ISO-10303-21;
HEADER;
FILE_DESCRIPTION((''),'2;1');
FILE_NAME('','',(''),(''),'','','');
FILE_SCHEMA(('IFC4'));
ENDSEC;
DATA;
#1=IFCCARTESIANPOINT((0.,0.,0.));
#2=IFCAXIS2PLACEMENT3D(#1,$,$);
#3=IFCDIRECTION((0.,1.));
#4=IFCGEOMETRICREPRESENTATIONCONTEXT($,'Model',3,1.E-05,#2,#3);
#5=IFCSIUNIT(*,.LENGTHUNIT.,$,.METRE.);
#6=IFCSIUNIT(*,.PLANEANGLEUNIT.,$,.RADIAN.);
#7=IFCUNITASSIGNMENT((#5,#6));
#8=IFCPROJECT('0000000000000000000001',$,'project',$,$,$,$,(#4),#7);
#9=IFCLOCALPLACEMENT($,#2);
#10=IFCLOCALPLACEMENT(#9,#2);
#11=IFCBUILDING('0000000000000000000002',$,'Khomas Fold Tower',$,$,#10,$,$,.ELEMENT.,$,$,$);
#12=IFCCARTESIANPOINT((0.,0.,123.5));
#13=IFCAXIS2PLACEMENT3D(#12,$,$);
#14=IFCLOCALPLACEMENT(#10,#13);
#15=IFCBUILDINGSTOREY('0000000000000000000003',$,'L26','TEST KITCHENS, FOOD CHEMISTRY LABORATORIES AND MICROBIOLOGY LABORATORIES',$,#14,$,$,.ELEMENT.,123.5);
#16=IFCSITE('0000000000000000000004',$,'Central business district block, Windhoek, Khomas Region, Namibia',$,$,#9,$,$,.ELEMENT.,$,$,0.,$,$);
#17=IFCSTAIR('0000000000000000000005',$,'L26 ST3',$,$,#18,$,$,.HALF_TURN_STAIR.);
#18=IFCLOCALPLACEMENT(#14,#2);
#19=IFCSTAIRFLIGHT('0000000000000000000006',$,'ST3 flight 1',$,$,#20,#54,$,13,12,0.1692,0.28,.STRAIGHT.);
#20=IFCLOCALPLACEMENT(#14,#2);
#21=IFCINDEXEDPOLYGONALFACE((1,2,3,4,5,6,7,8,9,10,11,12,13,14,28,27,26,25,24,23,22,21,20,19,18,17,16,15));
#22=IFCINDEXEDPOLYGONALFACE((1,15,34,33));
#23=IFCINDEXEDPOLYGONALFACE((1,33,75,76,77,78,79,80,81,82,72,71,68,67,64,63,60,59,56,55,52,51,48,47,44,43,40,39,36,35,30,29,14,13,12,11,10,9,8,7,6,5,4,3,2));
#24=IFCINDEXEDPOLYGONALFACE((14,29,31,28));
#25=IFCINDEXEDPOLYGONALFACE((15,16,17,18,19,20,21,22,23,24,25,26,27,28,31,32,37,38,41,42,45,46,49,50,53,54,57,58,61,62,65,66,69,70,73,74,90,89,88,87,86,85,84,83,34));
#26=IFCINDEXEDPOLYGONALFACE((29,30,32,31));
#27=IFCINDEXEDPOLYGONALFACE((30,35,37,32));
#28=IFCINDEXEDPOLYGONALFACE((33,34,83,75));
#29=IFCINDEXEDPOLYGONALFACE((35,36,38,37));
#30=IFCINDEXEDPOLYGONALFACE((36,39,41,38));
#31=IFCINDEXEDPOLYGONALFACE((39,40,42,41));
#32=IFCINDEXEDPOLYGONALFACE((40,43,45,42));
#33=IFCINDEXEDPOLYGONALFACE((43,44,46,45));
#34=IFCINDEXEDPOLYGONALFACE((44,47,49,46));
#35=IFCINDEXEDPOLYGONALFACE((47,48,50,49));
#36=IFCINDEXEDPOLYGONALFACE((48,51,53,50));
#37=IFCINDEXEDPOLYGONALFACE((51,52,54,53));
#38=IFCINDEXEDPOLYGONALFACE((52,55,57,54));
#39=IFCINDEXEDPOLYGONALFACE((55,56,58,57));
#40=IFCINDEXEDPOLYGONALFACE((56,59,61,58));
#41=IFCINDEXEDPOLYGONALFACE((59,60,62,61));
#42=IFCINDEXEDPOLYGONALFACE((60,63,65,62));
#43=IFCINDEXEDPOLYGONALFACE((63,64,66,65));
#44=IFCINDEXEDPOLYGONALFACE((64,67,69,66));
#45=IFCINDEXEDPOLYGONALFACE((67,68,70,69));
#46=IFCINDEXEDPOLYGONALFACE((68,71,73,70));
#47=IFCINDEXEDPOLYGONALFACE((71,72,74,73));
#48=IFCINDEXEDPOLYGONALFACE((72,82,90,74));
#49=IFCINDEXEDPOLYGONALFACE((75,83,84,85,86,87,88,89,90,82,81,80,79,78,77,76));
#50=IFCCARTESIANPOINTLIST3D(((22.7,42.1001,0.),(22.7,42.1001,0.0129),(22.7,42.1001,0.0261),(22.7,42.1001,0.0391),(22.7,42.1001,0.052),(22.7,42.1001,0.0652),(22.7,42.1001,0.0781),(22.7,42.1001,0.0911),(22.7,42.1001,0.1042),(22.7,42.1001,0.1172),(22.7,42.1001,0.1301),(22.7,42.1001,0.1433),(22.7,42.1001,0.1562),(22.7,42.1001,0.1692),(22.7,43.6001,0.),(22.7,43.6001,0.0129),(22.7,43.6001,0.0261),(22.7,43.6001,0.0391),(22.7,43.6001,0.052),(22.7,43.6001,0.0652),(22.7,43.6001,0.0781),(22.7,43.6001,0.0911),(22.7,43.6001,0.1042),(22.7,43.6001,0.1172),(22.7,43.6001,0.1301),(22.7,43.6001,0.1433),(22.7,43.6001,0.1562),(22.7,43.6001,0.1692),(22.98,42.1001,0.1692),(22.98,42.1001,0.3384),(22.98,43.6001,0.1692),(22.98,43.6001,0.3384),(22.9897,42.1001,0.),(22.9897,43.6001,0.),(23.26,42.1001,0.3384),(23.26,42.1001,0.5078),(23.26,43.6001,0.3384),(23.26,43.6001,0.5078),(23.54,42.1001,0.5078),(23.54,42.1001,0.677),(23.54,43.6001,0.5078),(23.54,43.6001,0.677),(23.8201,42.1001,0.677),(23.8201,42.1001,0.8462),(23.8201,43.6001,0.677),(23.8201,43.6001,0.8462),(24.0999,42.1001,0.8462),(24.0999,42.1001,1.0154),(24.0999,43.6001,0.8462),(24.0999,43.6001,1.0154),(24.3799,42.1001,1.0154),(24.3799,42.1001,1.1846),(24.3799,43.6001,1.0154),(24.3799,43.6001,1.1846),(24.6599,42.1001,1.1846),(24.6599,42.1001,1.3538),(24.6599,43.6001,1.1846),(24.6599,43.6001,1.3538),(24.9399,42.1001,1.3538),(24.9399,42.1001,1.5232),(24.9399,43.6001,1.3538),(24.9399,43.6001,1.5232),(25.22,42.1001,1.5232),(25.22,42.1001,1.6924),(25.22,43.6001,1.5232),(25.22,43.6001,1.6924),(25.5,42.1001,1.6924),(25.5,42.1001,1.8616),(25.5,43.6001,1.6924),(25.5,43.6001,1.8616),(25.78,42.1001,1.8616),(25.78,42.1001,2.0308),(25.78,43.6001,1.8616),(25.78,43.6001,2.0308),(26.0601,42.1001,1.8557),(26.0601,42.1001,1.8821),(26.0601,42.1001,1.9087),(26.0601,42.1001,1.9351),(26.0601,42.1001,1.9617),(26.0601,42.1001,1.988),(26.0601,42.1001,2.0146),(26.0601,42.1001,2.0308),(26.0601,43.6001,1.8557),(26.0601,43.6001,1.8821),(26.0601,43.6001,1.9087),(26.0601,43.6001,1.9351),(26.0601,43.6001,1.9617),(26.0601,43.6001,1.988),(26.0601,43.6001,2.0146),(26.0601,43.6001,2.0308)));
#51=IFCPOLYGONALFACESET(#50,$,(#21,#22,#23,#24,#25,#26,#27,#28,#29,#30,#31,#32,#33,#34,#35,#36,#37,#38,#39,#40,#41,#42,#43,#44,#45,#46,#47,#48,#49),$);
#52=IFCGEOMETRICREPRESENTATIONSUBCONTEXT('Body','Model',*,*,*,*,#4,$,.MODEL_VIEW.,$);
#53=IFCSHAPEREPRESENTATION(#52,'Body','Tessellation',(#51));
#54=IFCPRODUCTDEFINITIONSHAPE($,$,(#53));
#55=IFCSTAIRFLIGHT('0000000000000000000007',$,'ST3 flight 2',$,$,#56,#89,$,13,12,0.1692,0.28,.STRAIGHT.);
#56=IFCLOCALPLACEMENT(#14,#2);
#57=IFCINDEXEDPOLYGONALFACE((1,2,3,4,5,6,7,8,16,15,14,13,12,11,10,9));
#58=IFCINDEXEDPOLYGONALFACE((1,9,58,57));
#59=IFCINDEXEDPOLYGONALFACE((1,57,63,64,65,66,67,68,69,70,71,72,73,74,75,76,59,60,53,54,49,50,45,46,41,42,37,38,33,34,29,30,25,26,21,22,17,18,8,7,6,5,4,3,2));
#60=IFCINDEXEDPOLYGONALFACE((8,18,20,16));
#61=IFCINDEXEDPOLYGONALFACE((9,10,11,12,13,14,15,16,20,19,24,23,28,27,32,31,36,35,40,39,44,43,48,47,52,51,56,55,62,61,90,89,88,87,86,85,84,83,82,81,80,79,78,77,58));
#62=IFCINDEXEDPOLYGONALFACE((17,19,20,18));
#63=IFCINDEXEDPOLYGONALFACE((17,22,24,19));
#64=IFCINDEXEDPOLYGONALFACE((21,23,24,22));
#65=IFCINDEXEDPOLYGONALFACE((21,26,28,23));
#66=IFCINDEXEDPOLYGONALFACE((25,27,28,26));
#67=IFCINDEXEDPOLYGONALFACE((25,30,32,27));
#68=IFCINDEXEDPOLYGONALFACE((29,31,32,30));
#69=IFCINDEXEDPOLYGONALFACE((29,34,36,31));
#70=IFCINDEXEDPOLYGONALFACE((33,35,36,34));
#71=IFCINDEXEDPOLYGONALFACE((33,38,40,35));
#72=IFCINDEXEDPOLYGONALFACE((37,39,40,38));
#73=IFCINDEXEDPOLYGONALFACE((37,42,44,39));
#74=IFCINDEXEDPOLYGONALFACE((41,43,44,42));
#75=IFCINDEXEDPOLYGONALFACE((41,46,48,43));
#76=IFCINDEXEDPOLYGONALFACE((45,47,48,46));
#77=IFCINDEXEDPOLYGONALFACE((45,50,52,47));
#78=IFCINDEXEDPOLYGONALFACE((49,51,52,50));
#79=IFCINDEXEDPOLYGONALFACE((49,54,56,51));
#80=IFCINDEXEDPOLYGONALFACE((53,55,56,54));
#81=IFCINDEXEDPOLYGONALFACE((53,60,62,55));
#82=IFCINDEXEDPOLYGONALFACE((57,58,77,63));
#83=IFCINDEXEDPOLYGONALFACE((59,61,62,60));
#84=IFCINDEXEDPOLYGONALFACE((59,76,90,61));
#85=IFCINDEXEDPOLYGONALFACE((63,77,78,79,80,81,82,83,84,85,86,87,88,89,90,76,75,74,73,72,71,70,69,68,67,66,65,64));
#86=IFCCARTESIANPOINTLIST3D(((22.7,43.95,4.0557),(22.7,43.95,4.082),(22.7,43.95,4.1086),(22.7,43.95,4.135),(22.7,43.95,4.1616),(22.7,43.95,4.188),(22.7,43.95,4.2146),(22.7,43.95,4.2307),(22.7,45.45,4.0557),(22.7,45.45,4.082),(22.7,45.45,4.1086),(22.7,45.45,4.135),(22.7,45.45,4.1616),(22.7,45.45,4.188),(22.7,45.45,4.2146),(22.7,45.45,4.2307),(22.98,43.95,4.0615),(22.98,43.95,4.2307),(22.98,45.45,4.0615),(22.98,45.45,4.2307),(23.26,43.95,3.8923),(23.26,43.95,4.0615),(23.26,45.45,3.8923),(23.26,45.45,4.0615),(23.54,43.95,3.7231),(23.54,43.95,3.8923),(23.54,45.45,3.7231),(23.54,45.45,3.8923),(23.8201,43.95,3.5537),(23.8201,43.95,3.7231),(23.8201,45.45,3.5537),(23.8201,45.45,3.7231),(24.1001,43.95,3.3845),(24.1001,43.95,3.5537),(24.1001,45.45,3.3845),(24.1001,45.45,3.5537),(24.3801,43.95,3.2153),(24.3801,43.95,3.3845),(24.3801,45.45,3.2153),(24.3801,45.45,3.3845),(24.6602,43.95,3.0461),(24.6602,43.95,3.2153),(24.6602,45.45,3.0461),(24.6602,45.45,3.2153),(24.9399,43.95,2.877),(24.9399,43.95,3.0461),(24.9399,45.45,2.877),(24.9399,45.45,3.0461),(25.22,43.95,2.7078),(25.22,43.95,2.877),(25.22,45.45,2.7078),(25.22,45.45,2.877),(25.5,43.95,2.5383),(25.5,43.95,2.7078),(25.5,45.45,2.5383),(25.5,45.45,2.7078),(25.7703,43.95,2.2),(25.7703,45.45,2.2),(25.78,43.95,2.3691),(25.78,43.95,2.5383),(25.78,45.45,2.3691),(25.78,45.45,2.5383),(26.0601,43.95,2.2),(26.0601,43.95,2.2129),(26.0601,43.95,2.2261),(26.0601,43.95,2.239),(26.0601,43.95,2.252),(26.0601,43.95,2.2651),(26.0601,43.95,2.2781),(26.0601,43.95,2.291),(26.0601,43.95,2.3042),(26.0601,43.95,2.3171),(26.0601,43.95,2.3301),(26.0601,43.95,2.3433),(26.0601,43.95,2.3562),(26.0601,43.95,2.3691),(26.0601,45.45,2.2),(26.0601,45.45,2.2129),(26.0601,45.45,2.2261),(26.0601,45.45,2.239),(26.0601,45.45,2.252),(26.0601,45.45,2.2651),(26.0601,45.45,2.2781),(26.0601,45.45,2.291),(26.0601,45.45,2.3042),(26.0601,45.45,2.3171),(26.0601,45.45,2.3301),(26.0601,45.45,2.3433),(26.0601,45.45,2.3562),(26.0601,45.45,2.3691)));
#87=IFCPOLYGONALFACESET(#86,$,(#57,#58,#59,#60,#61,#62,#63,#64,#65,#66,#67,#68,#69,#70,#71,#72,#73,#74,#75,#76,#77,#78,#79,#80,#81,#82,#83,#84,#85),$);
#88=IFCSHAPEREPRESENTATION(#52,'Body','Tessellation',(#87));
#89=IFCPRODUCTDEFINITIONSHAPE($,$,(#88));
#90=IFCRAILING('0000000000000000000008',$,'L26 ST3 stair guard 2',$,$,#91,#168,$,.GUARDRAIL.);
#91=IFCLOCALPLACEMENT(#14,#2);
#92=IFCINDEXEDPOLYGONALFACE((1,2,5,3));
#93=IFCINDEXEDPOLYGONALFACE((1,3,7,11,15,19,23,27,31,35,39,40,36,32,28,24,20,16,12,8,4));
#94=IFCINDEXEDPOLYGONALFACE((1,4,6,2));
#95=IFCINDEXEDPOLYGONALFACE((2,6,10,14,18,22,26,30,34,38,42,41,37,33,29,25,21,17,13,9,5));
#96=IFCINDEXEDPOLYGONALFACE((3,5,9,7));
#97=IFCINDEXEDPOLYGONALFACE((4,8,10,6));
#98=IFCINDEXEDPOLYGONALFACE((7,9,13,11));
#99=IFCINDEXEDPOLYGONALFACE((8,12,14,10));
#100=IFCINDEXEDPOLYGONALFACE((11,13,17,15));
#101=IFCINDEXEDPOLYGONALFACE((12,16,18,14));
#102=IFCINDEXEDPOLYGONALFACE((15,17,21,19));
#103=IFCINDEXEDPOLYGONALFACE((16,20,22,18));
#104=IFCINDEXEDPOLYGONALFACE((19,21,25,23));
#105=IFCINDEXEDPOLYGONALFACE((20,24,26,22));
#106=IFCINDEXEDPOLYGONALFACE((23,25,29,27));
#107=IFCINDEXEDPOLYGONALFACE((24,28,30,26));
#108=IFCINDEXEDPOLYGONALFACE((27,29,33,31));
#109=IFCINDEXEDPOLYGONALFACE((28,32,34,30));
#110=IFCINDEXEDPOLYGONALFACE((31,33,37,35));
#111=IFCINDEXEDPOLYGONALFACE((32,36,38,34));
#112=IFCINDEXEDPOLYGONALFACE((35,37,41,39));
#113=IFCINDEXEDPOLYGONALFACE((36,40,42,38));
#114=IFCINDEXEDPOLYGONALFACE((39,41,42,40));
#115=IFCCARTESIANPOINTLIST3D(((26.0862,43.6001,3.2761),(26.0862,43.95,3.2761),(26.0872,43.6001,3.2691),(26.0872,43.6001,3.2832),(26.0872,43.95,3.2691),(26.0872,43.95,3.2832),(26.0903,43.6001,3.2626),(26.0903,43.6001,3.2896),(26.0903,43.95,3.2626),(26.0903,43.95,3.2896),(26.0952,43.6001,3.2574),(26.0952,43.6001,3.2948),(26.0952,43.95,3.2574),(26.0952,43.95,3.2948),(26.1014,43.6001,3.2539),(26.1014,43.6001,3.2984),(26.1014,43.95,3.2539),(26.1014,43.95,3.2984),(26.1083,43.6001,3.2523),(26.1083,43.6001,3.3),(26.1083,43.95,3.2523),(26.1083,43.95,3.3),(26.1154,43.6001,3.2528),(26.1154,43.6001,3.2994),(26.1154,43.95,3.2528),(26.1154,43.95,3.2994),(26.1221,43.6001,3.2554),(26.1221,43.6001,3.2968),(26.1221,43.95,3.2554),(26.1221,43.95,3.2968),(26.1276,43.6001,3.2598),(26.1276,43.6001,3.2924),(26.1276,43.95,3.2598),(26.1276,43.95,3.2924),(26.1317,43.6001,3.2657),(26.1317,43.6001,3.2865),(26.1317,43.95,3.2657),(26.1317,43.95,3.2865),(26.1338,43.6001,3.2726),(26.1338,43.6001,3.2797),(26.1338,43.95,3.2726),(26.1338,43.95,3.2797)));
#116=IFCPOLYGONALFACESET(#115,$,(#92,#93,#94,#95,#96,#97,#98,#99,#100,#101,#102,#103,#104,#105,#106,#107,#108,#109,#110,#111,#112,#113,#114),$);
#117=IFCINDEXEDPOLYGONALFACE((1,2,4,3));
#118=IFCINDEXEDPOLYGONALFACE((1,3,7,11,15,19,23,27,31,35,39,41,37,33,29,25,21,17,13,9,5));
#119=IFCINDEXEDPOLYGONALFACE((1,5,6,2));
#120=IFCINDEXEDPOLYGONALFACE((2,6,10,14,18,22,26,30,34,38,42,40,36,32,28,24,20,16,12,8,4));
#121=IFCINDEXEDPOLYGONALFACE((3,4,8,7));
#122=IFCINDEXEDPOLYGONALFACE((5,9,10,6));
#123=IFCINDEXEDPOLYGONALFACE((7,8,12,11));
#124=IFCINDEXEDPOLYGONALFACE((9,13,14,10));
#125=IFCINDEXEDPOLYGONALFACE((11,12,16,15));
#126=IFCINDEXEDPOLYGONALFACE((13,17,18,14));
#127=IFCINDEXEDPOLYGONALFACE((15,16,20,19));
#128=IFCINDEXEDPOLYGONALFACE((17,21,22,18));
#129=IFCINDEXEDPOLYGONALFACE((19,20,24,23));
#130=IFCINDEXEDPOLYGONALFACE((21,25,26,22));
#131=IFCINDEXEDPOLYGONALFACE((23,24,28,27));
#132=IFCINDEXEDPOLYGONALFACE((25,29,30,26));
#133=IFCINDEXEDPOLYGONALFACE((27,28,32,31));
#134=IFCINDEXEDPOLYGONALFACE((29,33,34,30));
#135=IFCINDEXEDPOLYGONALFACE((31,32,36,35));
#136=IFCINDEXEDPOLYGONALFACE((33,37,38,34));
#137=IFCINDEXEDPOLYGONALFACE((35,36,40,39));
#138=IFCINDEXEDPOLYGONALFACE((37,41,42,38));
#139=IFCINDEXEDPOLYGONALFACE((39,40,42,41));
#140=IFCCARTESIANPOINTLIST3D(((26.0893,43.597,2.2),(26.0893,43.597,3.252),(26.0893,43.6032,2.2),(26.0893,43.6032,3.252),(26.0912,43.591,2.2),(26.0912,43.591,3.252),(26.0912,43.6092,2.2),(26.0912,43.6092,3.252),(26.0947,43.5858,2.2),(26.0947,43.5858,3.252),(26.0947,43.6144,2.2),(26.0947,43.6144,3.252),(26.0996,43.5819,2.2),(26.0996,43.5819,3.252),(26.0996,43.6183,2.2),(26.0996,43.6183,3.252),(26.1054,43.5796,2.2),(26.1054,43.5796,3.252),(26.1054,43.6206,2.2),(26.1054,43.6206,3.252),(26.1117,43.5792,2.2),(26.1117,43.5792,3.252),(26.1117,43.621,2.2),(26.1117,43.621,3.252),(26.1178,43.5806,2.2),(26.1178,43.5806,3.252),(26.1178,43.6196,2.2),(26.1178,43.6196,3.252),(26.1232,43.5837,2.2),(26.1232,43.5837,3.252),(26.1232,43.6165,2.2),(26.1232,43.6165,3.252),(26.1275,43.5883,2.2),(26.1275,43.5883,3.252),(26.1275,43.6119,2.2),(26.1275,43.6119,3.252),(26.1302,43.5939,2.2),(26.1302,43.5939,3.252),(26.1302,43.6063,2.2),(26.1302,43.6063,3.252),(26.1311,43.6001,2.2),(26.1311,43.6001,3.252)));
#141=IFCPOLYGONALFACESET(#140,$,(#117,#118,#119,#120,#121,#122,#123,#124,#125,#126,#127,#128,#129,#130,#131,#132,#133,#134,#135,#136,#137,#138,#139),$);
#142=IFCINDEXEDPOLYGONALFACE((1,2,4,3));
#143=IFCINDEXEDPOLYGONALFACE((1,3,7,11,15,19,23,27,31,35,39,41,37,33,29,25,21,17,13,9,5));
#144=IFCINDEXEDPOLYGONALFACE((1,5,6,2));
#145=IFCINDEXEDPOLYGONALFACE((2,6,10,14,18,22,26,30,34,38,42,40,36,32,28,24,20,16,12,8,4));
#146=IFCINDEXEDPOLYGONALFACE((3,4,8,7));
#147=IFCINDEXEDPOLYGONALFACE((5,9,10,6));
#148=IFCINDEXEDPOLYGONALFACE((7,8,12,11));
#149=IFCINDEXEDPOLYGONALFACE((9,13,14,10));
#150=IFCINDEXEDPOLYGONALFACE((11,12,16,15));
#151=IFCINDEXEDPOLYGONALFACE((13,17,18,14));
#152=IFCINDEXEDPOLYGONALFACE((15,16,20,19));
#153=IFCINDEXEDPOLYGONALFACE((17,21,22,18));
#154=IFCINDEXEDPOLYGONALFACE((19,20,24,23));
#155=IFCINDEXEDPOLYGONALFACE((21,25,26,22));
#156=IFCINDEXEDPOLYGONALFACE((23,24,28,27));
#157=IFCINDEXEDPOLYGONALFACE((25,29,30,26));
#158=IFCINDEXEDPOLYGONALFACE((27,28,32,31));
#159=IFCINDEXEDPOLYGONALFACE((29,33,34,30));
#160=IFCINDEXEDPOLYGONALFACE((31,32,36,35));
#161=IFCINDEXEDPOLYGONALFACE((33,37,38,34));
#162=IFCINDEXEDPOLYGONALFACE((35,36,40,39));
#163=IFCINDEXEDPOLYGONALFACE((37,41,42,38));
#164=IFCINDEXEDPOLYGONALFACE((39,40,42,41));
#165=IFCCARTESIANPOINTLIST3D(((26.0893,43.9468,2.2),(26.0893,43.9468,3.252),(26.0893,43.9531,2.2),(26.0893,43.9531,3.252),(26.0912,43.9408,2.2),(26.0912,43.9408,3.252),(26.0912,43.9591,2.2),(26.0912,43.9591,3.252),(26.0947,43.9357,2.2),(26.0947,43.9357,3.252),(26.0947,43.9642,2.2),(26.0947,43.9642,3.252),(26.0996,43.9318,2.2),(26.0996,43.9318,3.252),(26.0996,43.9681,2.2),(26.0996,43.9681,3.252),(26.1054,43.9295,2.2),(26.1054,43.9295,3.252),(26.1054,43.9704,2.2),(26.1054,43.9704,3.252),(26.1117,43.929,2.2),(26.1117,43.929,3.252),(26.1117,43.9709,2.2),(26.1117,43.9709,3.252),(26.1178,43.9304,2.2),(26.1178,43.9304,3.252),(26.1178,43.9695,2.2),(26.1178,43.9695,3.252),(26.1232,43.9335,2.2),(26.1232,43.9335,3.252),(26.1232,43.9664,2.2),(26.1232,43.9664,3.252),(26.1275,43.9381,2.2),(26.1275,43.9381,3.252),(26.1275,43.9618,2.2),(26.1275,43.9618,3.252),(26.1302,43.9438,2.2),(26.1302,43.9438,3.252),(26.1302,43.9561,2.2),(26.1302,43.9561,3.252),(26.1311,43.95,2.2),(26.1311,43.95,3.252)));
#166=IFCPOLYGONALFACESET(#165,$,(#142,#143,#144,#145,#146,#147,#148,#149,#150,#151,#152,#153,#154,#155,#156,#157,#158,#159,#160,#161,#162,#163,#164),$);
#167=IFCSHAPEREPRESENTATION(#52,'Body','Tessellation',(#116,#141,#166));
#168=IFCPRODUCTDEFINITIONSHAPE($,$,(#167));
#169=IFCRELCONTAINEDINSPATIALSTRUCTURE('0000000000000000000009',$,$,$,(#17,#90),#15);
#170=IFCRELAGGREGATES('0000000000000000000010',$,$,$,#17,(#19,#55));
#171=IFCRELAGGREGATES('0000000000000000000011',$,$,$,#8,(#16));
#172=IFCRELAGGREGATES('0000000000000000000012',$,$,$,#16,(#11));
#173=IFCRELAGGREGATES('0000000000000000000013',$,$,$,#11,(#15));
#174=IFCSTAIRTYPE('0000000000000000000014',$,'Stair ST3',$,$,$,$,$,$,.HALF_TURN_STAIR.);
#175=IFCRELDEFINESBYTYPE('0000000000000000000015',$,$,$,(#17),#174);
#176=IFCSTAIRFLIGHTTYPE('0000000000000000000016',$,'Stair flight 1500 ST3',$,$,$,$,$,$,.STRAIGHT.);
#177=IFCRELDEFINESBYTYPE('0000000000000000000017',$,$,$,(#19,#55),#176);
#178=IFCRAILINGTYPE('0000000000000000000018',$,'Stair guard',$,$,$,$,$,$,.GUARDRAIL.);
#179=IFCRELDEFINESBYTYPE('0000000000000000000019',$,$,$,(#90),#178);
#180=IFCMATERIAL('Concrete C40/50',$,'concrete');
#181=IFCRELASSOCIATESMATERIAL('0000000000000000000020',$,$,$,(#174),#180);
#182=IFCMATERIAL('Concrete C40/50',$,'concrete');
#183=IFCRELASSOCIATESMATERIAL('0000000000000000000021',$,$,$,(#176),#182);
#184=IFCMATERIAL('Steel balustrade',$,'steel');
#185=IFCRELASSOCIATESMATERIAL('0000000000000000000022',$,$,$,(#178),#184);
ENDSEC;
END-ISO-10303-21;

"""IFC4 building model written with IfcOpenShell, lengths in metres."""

from ifc_helpers import new_model, si_unit, direction, frame, origin, origin_2d, place, context, subcontext, project, spatial, polyline, circle, outline, extrude, source, transform, mapped, material, type_object, element, aggregate, save


model = new_model("IFC4")

# Units and contexts
model_context = context("Model", 3, precision=1e-05, world=origin(), true_north=direction((0.0, 1.0)))
body_context = subcontext(model_context, "Body", "Model", "MODEL_VIEW")
ifc_project = project(units=[si_unit("LENGTHUNIT", "METRE"), si_unit("PLANEANGLEUNIT", "RADIAN")], contexts=[model_context])

# Site, building, storey
site_placement = place(None, origin())
site = spatial("IfcSite", under=ifc_project, at=site_placement, Name="Central business district block, Windhoek, Khomas Region, Namibia", CompositionType="ELEMENT", RefElevation=0.0)
building_placement = place(site_placement, origin())
building = spatial("IfcBuilding", under=site, at=building_placement, Name="Khomas Fold Tower", CompositionType="ELEMENT")
storey_placement = place(building_placement, frame((0.0, 0.0, 123.5)))
storey = spatial("IfcBuildingStorey", under=building, at=storey_placement, Name="L26", Description="TEST KITCHENS, FOOD CHEMISTRY LABORATORIES AND MICROBIOLOGY LABORATORIES", CompositionType="ELEMENT", Elevation=123.5)

# Stair, stair flights
ifc_material_1 = material(Name="Concrete C40/50", Category="concrete")
stair_type = type_object("IfcStairType", Name="Stair ST3", PredefinedType="HALF_TURN_STAIR", material=ifc_material_1)
stair_placement = place(storey_placement, origin())
stair = element("IfcStair", 1, at=stair_placement, inside=storey, type_object=stair_type, Name="L26 ST3", PredefinedType="HALF_TURN_STAIR")
ifc_material_2 = material(Name="Concrete C40/50", Category="concrete")
stair_flight_type = type_object("IfcStairFlightType", Name="Stair flight 1500 ST3", PredefinedType="STRAIGHT", material=ifc_material_2)
shared_shape_1 = source(origin(), body_context, "Body", "SweptSolid", [
    extrude(outline(polyline([(0.0, 0.0), (0.0, 0.0129), (0.0, 0.0261), (0.0, 0.0391), (0.0, 0.052), (0.0, 0.0652), (0.0, 0.0781), (0.0, 0.0911), (0.0, 0.1042), (0.0, 0.1172), (0.0, 0.1301), (0.0, 0.1433), (0.0, 0.1562), (0.0, 0.1692), (0.28, 0.1692), (0.28, 0.3384), (0.5601, 0.3384), (0.5601, 0.5078), (0.8401, 0.5078), (0.8401, 0.677), (1.1201, 0.677), (1.1201, 0.8462), (1.3999, 0.8462), (1.3999, 1.0154), (1.6799, 1.0154), (1.6799, 1.1846), (1.96, 1.1846), (1.96, 1.3538), (2.24, 1.3538), (2.24, 1.5232), (2.52, 1.5232), (2.52, 1.6924), (2.8, 1.6924), (2.8, 1.8616), (3.0801, 1.8616), (3.0801, 2.0308), (3.3601, 2.0308), (3.3601, 2.2), (3.3601, 2.1736), (3.3601, 2.147), (3.3601, 2.1206), (3.3601, 2.094), (3.3601, 2.0676), (3.3601, 2.041), (3.3601, 2.0146), (3.3601, 1.988), (3.3601, 1.9617), (3.3601, 1.9351), (3.3601, 1.9087), (3.3601, 1.8821), (3.3601, 1.8557), (0.2898, 0.0), (0.0, 0.0)])), frame((0.0, 0.75, 0.0), z_axis=(0.0, -1.0, 0.0), x_axis=(1.0, 0.0, 0.0)), (0.0, 0.0, 1.0), 1.5),
])
stair_flight_1_placement = place(storey_placement, frame((22.7, 42.8501, 0.0), z_axis=(0.0, 0.0, 1.0), x_axis=(1.0, 0.0, 0.0)))
stair_flight_1 = element("IfcStairFlight", 2, at=stair_flight_1_placement, type_object=stair_flight_type, Name="ST3 flight 1", NumberOfRisers=13, NumberOfTreads=12, PredefinedType="STRAIGHT", RiserHeight=0.1692, TreadLength=0.28, context=body_context, shape_type="MappedRepresentation", body=[
    mapped(shared_shape_1, transform((0.0, 0.0, 0.0))),
])
stair_flight_2_placement = place(storey_placement, frame((26.0601, 44.7, 2.2), z_axis=(0.0, 0.0, 1.0), x_axis=(-1.0, 0.0, 0.0)))
stair_flight_2 = element("IfcStairFlight", 3, at=stair_flight_2_placement, type_object=stair_flight_type, Name="ST3 flight 2", NumberOfRisers=13, NumberOfTreads=12, PredefinedType="STRAIGHT", RiserHeight=0.1692, TreadLength=0.28, context=body_context, shape_type="MappedRepresentation", body=[
    mapped(shared_shape_1, transform((0.0, 0.0, 0.0))),
])
aggregate(stair, [stair_flight_1, stair_flight_2])

# Railing
ifc_material_3 = material(Name="Steel balustrade", Category="steel")
railing_type_1 = type_object("IfcRailingType", Name="Stair guard", PredefinedType="GUARDRAIL", material=ifc_material_3)
shared_shape_2 = source(origin(), body_context, "Body", "SweptSolid", [
    extrude(circle(Radius=0.0239, at=origin_2d()), frame((0.0, 0.0, 1.0762), z_axis=(0.0, 1.0, 0.0), x_axis=(-1.0, 0.0, 0.0)), (0.0, 0.0, 1.0), 0.3499),
    extrude(circle(Radius=0.021, at=origin_2d()), origin(), (0.0, 0.0, 1.0), 1.052),
    extrude(circle(Radius=0.021, at=origin_2d()), frame((0.0, 0.3499, 0.0)), (0.0, 0.0, 1.0), 1.052),
])
for number, where, name in (
    (4, (26.1101, 43.6001, 2.2), "L26 ST3 stair guard 2"),
):
    element("IfcRailing", number, at=place(storey_placement, frame(where)), inside=storey, type_object=railing_type_1, Name=name, PredefinedType="GUARDRAIL", context=body_context, shape_type="MappedRepresentation", body=[
        mapped(shared_shape_2, transform((0.0, 0.0, 0.0))),
    ])

save(model, "model.ifc")
